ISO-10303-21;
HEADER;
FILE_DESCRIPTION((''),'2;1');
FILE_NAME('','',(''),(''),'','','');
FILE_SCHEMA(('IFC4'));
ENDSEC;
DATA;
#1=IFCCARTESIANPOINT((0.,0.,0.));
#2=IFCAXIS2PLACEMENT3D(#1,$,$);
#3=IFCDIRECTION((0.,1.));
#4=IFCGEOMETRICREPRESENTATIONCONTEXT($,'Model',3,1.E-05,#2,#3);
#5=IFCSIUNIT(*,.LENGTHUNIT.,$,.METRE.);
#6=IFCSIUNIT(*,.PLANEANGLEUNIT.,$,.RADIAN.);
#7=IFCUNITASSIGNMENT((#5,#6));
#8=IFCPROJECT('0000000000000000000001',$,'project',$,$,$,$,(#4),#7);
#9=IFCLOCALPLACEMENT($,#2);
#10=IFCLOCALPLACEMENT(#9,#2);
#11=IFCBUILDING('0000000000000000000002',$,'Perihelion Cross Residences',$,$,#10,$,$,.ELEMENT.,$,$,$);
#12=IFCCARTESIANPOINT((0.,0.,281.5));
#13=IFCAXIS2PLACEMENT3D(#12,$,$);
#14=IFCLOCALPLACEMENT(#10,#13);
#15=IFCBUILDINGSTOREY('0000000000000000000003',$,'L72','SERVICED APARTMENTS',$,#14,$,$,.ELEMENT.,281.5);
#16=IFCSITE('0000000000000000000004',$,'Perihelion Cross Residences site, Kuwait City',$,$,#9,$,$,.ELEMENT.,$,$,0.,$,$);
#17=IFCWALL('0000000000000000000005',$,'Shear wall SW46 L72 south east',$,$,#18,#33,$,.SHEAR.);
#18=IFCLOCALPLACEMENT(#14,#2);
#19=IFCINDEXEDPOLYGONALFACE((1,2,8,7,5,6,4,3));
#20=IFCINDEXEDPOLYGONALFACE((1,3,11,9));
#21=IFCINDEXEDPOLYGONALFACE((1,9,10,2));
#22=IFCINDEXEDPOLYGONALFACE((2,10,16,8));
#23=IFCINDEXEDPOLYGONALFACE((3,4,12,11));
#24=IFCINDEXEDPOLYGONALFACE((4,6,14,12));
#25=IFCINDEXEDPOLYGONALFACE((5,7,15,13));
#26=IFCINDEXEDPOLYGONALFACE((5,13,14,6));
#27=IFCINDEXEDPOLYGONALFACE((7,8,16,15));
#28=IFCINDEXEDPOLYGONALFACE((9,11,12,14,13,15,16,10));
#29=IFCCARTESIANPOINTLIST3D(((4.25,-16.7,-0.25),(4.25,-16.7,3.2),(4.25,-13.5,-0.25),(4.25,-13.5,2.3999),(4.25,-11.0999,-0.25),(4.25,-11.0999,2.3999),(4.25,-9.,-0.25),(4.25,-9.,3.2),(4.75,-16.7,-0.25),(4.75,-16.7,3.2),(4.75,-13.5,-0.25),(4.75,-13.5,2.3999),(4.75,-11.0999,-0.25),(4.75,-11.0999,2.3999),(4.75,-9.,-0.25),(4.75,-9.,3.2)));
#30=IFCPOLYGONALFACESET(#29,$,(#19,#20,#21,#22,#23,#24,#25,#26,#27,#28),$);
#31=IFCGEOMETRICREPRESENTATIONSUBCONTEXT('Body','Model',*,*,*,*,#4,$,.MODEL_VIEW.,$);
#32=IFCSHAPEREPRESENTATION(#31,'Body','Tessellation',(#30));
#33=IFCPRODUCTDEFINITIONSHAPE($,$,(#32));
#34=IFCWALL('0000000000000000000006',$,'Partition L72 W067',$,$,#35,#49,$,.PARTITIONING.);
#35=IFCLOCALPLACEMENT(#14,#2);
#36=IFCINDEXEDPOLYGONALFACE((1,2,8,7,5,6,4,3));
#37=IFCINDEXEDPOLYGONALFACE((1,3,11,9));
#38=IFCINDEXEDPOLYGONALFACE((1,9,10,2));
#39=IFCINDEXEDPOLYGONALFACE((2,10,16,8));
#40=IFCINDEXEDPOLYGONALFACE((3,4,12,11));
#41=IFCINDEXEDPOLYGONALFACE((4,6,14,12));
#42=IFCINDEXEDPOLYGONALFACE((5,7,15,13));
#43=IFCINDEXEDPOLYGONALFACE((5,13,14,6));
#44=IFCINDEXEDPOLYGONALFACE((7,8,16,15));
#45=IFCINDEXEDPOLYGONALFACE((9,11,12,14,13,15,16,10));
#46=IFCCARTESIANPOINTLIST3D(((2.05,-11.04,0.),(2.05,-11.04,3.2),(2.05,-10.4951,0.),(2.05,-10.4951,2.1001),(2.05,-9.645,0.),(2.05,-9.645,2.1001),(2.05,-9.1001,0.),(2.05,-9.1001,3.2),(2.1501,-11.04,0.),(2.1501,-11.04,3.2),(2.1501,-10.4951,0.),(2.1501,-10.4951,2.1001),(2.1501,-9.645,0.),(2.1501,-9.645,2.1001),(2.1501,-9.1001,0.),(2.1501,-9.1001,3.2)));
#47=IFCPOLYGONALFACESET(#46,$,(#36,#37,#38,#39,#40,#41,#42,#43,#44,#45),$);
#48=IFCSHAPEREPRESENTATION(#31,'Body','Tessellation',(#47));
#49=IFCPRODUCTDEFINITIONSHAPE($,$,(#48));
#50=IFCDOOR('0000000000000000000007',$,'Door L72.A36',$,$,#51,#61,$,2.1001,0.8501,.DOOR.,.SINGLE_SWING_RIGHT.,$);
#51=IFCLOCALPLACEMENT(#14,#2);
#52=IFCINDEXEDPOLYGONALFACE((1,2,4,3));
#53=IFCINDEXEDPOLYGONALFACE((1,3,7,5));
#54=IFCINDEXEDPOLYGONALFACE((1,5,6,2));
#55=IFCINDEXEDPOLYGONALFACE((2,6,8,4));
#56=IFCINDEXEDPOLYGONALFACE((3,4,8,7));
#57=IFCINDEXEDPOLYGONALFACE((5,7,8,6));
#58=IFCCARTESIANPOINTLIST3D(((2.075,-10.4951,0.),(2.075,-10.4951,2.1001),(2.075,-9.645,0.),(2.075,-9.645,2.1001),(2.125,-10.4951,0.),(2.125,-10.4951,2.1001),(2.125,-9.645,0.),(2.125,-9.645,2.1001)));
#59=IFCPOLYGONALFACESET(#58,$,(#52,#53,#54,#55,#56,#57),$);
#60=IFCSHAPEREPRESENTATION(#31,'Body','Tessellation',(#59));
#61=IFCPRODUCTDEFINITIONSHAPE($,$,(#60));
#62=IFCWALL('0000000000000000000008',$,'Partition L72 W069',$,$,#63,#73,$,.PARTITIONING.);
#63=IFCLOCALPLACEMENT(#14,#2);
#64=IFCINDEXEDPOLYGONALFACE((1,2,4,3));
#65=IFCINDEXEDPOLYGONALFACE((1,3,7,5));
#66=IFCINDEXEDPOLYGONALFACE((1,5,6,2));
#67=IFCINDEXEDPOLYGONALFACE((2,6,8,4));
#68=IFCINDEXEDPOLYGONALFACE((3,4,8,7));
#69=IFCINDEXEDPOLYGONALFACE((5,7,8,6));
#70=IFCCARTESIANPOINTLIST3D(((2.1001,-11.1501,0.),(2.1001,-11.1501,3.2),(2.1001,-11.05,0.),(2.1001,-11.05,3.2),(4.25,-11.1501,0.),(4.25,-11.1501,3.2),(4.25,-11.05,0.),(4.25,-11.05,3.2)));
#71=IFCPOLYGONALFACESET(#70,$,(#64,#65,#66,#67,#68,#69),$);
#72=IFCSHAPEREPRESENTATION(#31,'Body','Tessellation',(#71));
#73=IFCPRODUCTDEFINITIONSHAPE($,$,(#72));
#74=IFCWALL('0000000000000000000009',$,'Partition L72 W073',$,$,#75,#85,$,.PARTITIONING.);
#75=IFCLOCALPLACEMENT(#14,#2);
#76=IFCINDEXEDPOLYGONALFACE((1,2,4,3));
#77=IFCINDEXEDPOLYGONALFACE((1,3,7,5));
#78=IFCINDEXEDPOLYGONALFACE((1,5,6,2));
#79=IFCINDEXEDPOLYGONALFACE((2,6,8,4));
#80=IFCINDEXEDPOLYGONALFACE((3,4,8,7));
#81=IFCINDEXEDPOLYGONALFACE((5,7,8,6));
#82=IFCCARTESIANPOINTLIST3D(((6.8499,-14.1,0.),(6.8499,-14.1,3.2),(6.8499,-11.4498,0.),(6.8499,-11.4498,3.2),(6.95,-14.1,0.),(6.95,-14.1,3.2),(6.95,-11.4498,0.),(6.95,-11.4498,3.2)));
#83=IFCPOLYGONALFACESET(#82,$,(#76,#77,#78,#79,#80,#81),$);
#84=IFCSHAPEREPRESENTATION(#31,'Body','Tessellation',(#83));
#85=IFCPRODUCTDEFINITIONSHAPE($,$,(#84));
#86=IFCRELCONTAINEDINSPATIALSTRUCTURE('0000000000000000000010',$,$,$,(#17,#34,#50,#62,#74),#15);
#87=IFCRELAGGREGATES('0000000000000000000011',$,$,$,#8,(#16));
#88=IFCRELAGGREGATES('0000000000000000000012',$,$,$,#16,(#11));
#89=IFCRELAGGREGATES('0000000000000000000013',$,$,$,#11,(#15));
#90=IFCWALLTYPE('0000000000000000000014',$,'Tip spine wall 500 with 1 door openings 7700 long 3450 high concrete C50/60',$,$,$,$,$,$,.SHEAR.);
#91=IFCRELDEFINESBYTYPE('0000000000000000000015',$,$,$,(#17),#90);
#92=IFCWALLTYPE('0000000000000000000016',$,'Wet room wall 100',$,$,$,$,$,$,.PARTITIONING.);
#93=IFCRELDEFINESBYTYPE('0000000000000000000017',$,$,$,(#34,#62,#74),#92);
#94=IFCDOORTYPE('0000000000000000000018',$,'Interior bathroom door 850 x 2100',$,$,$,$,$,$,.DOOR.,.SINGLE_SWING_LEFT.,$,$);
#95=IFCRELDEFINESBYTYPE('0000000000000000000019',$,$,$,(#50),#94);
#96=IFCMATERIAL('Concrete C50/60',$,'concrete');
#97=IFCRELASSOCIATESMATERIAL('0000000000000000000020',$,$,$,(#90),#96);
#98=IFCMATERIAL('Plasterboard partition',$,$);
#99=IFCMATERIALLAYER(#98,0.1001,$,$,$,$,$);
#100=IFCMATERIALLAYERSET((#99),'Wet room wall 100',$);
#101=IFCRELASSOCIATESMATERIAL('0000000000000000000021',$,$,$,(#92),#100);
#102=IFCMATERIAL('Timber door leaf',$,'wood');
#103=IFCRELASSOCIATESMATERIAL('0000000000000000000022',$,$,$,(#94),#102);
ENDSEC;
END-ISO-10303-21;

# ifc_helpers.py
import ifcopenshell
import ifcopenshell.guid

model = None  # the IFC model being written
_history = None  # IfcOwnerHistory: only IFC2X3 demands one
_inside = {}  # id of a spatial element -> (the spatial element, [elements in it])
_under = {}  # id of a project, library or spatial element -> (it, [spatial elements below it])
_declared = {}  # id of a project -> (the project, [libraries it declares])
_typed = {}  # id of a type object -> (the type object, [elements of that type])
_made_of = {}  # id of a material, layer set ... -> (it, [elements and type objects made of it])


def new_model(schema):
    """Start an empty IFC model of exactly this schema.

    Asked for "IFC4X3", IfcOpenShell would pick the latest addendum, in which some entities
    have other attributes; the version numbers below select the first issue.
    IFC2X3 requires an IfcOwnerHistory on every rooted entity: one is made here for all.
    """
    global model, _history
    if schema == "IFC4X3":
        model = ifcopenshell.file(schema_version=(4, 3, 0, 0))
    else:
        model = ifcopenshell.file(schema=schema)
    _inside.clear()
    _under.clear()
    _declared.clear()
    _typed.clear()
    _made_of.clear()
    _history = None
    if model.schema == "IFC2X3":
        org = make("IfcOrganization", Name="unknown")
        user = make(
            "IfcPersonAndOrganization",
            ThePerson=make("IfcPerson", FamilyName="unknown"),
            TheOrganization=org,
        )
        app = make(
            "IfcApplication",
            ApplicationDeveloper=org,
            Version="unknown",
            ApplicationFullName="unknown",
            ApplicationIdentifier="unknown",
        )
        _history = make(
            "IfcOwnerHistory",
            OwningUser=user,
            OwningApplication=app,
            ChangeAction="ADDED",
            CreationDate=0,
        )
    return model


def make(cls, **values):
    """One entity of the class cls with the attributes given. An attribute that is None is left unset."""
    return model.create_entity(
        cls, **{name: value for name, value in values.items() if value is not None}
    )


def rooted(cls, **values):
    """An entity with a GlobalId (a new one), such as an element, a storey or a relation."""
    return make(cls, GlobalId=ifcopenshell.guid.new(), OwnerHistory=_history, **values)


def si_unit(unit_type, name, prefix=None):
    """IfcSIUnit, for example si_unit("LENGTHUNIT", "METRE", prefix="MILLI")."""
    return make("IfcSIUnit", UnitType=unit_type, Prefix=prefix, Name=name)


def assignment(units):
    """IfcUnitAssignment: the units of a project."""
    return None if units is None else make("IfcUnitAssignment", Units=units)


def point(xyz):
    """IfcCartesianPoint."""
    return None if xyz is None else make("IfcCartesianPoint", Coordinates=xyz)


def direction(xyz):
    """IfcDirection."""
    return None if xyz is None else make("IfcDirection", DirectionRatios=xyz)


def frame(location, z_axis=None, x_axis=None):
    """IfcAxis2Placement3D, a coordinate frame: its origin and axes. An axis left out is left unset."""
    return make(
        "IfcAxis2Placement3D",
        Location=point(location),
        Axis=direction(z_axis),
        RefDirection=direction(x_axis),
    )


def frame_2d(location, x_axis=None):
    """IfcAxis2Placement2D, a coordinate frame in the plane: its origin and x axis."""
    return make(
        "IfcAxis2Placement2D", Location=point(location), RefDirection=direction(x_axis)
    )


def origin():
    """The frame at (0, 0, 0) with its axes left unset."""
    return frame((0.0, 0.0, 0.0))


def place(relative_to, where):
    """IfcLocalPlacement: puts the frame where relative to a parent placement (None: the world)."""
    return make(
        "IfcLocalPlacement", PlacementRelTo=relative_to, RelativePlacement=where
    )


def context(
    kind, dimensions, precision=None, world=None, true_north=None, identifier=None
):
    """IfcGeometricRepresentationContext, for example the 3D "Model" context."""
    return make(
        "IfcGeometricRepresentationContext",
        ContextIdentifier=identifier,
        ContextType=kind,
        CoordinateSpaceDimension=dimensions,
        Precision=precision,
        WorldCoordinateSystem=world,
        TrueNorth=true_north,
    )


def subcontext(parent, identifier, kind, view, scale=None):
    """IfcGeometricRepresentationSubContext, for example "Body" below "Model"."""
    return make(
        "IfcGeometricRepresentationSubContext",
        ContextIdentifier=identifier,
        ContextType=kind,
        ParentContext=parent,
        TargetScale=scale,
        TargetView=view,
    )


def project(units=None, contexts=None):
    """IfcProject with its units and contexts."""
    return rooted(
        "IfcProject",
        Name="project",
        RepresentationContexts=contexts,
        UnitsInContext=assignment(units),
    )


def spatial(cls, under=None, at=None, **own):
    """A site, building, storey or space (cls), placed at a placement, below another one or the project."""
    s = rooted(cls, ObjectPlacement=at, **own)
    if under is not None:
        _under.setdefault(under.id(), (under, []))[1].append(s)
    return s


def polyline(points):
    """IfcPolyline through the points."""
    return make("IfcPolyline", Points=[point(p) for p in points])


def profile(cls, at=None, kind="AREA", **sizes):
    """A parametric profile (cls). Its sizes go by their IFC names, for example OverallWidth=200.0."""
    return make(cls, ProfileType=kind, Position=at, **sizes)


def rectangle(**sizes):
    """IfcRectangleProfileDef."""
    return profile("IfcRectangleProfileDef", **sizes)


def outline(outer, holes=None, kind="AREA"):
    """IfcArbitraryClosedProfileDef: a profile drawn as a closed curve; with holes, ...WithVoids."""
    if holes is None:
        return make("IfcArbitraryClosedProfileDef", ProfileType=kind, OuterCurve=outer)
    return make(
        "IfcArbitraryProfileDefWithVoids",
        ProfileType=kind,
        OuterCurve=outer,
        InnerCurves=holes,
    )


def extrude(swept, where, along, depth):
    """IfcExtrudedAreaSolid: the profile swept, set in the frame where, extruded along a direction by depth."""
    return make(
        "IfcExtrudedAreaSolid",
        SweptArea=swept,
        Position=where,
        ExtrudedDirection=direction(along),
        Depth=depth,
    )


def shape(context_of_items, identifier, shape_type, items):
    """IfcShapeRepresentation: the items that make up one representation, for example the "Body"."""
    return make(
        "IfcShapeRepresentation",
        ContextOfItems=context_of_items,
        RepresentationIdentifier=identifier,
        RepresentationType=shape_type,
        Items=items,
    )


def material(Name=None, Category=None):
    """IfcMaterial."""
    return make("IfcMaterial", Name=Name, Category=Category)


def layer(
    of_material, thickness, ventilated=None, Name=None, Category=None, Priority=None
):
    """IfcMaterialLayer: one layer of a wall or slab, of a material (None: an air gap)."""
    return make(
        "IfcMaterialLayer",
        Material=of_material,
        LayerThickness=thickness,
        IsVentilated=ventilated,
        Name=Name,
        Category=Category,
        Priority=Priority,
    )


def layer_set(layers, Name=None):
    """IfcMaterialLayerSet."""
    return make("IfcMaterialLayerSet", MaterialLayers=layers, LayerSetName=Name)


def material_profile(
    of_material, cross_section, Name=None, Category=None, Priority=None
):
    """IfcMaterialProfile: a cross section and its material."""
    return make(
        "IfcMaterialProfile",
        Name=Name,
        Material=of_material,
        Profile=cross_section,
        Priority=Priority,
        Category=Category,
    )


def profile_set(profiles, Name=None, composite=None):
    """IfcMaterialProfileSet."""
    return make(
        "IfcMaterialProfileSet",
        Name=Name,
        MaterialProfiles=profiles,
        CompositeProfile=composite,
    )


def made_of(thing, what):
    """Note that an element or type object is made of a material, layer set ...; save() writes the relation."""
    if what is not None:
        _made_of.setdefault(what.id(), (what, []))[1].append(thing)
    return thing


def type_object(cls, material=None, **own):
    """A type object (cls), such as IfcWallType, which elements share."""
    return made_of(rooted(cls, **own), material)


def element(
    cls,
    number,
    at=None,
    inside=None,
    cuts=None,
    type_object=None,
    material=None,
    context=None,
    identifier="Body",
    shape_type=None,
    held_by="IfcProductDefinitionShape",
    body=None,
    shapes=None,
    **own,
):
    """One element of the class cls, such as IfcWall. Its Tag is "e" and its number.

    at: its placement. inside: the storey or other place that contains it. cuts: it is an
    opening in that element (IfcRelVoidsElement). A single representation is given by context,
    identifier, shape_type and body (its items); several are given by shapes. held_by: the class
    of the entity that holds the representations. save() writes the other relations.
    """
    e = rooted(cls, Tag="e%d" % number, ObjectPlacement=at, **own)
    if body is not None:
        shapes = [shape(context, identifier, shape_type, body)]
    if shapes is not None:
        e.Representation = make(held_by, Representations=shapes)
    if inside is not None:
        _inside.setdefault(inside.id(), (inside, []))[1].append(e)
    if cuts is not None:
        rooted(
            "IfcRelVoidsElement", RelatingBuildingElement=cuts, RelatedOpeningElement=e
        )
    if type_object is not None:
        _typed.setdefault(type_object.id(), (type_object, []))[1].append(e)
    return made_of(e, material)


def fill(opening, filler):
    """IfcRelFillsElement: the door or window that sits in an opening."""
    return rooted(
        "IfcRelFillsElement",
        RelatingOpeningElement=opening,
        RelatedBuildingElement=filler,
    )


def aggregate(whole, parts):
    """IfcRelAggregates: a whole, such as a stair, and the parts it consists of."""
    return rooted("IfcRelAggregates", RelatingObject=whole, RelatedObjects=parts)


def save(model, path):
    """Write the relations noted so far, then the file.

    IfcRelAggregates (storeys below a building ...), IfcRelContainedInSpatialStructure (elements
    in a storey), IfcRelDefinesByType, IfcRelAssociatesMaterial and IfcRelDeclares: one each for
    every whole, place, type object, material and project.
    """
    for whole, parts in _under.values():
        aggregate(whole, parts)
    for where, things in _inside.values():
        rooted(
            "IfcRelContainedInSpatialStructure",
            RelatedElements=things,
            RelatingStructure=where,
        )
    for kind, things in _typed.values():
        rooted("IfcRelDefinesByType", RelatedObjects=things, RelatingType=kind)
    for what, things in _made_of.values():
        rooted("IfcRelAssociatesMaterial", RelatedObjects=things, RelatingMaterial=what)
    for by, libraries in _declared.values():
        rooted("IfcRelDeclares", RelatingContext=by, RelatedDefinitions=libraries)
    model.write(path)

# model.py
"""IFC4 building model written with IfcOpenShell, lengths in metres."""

from ifc_helpers import new_model, si_unit, direction, frame, frame_2d, origin, place, context, subcontext, project, spatial, polyline, rectangle, outline, extrude, material, layer, layer_set, material_profile, profile_set, type_object, element, fill, save


model = new_model("IFC4")

# Units and contexts
model_context = context("Model", 3, precision=1e-05, world=origin(), true_north=direction((0.0, 1.0)))
body_context = subcontext(model_context, "Body", "Model", "MODEL_VIEW")
ifc_project = project(units=[si_unit("LENGTHUNIT", "METRE"), si_unit("PLANEANGLEUNIT", "RADIAN")], contexts=[model_context])

# Site, building, storey
site_placement = place(None, origin())
site = spatial("IfcSite", under=ifc_project, at=site_placement, Name="Perihelion Cross Residences site, Kuwait City", CompositionType="ELEMENT", RefElevation=0.0)
building_placement = place(site_placement, origin())
building = spatial("IfcBuilding", under=site, at=building_placement, Name="Perihelion Cross Residences", CompositionType="ELEMENT")
storey_placement = place(building_placement, frame((0.0, 0.0, 281.5)))
storey = spatial("IfcBuildingStorey", under=building, at=storey_placement, Name="L72", Description="SERVICED APARTMENTS", CompositionType="ELEMENT", Elevation=281.5)

# Wall
ifc_material_1 = material(Name="Concrete C50/60", Category="concrete")
ifc_material_profile_1 = material_profile(ifc_material_1, outline(polyline([(0.0, 0.0), (3.2, 0.0), (3.2, 2.6499), (5.6001, 2.6499), (5.6001, 0.0), (7.7, 0.0), (7.7, 3.45), (0.0, 3.45), (0.0, 0.0)])), Name="Tip spine wall")
ifc_profile_set_1 = profile_set([ifc_material_profile_1], Name="Concrete C50/60")
wall_type_1 = type_object("IfcWallType", Name="Tip spine wall 500 with 1 door openings 7700 long 3450 high concrete C50/60", PredefinedType="SHEAR", material=ifc_profile_set_1)
wall_1_placement = place(storey_placement, frame((4.25, -16.7, -0.25), z_axis=(1.0, 0.0, 0.0), x_axis=(0.0, 1.0, 0.0)))
element("IfcWall", 1, at=wall_1_placement, inside=storey, type_object=wall_type_1, Name="Shear wall SW46 L72 south east", PredefinedType="SHEAR", context=body_context, shape_type="SweptSolid", body=[
    extrude(outline(polyline([(0.0, 0.0), (3.2, 0.0), (3.2, 2.6499), (5.6001, 2.6499), (5.6001, 0.0), (7.7, 0.0), (7.7, 3.45), (0.0, 3.45), (0.0, 0.0)])), origin(), (0.0, 0.0, 1.0), 0.5),
])

# Wall, opening, door
ifc_material_2 = material(Name="Plasterboard partition")
ifc_layer_1 = layer(ifc_material_2, 0.1001)
ifc_layer_set_1 = layer_set([ifc_layer_1], Name="Wet room wall 100")
wall_type_2 = type_object("IfcWallType", Name="Wet room wall 100", PredefinedType="PARTITIONING", material=ifc_layer_set_1)
wall_2_placement = place(storey_placement, frame((2.1001, -9.1001, 0.0), z_axis=(0.0, 0.0, 1.0), x_axis=(0.0, -1.0, 0.0)))
wall_2 = element("IfcWall", 2, at=wall_2_placement, inside=storey, type_object=wall_type_2, Name="Partition L72 W067", PredefinedType="PARTITIONING", context=body_context, shape_type="SweptSolid", body=[
    extrude(rectangle(XDim=1.9399, YDim=0.1001, at=frame_2d((0.97, 0.0))), origin(), (0.0, 0.0, 1.0), 3.2),
])
opening_1_placement = place(wall_2_placement, frame((0.5449, 0.0, 0.0)))
opening_1 = element("IfcOpeningElement", 3, at=opening_1_placement, cuts=wall_2, PredefinedType="OPENING", context=body_context, shape_type="SweptSolid", body=[
    extrude(rectangle(XDim=0.8501, YDim=2.1001, at=frame_2d((0.425, 1.05))), frame((0.0, 0.0601, 0.0), z_axis=(0.0, -1.0, 0.0), x_axis=(1.0, 0.0, 0.0)), (0.0, 0.0, 1.0), 0.1201),
])
ifc_material_3 = material(Name="Timber door leaf", Category="wood")
door_type_1 = type_object("IfcDoorType", Name="Interior bathroom door 850 x 2100", OperationType="SINGLE_SWING_LEFT", PredefinedType="DOOR", material=ifc_material_3)
door_1_placement = place(opening_1_placement, origin())
door_1 = element("IfcDoor", 4, at=door_1_placement, inside=storey, type_object=door_type_1, Name="Door L72.A36", OperationType="SINGLE_SWING_RIGHT", OverallHeight=2.1001, OverallWidth=0.8501, PredefinedType="DOOR", context=body_context, shape_type="SweptSolid", body=[
    extrude(rectangle(XDim=0.8501, YDim=2.1001, at=frame_2d((0.425, 1.05))), frame((0.0, 0.0249, 0.0), z_axis=(0.0, -1.0, 0.0), x_axis=(1.0, 0.0, 0.0)), (0.0, 0.0, 1.0), 0.05),
])
fill(opening_1, door_1)

# Walls
wall_3_placement = place(storey_placement, frame((4.25, -11.1001, 0.0), z_axis=(0.0, 0.0, 1.0), x_axis=(-1.0, 0.0, 0.0)))
element("IfcWall", 5, at=wall_3_placement, inside=storey, type_object=wall_type_2, Name="Partition L72 W069", PredefinedType="PARTITIONING", context=body_context, shape_type="SweptSolid", body=[
    extrude(rectangle(XDim=2.1499, YDim=0.1001, at=frame_2d((1.075, 0.0))), origin(), (0.0, 0.0, 1.0), 3.2),
])
wall_4_placement = place(storey_placement, frame((6.8999, -14.1001, 0.0), z_axis=(0.0, 0.0, 1.0), x_axis=(0.0, 1.0, 0.0)))
element("IfcWall", 6, at=wall_4_placement, inside=storey, type_object=wall_type_2, Name="Partition L72 W073", PredefinedType="PARTITIONING", context=body_context, shape_type="SweptSolid", body=[
    extrude(rectangle(XDim=2.6501, YDim=0.1001, at=frame_2d((1.3252, 0.0))), origin(), (0.0, 0.0, 1.0), 3.2),
])

save(model, "model.ifc")
